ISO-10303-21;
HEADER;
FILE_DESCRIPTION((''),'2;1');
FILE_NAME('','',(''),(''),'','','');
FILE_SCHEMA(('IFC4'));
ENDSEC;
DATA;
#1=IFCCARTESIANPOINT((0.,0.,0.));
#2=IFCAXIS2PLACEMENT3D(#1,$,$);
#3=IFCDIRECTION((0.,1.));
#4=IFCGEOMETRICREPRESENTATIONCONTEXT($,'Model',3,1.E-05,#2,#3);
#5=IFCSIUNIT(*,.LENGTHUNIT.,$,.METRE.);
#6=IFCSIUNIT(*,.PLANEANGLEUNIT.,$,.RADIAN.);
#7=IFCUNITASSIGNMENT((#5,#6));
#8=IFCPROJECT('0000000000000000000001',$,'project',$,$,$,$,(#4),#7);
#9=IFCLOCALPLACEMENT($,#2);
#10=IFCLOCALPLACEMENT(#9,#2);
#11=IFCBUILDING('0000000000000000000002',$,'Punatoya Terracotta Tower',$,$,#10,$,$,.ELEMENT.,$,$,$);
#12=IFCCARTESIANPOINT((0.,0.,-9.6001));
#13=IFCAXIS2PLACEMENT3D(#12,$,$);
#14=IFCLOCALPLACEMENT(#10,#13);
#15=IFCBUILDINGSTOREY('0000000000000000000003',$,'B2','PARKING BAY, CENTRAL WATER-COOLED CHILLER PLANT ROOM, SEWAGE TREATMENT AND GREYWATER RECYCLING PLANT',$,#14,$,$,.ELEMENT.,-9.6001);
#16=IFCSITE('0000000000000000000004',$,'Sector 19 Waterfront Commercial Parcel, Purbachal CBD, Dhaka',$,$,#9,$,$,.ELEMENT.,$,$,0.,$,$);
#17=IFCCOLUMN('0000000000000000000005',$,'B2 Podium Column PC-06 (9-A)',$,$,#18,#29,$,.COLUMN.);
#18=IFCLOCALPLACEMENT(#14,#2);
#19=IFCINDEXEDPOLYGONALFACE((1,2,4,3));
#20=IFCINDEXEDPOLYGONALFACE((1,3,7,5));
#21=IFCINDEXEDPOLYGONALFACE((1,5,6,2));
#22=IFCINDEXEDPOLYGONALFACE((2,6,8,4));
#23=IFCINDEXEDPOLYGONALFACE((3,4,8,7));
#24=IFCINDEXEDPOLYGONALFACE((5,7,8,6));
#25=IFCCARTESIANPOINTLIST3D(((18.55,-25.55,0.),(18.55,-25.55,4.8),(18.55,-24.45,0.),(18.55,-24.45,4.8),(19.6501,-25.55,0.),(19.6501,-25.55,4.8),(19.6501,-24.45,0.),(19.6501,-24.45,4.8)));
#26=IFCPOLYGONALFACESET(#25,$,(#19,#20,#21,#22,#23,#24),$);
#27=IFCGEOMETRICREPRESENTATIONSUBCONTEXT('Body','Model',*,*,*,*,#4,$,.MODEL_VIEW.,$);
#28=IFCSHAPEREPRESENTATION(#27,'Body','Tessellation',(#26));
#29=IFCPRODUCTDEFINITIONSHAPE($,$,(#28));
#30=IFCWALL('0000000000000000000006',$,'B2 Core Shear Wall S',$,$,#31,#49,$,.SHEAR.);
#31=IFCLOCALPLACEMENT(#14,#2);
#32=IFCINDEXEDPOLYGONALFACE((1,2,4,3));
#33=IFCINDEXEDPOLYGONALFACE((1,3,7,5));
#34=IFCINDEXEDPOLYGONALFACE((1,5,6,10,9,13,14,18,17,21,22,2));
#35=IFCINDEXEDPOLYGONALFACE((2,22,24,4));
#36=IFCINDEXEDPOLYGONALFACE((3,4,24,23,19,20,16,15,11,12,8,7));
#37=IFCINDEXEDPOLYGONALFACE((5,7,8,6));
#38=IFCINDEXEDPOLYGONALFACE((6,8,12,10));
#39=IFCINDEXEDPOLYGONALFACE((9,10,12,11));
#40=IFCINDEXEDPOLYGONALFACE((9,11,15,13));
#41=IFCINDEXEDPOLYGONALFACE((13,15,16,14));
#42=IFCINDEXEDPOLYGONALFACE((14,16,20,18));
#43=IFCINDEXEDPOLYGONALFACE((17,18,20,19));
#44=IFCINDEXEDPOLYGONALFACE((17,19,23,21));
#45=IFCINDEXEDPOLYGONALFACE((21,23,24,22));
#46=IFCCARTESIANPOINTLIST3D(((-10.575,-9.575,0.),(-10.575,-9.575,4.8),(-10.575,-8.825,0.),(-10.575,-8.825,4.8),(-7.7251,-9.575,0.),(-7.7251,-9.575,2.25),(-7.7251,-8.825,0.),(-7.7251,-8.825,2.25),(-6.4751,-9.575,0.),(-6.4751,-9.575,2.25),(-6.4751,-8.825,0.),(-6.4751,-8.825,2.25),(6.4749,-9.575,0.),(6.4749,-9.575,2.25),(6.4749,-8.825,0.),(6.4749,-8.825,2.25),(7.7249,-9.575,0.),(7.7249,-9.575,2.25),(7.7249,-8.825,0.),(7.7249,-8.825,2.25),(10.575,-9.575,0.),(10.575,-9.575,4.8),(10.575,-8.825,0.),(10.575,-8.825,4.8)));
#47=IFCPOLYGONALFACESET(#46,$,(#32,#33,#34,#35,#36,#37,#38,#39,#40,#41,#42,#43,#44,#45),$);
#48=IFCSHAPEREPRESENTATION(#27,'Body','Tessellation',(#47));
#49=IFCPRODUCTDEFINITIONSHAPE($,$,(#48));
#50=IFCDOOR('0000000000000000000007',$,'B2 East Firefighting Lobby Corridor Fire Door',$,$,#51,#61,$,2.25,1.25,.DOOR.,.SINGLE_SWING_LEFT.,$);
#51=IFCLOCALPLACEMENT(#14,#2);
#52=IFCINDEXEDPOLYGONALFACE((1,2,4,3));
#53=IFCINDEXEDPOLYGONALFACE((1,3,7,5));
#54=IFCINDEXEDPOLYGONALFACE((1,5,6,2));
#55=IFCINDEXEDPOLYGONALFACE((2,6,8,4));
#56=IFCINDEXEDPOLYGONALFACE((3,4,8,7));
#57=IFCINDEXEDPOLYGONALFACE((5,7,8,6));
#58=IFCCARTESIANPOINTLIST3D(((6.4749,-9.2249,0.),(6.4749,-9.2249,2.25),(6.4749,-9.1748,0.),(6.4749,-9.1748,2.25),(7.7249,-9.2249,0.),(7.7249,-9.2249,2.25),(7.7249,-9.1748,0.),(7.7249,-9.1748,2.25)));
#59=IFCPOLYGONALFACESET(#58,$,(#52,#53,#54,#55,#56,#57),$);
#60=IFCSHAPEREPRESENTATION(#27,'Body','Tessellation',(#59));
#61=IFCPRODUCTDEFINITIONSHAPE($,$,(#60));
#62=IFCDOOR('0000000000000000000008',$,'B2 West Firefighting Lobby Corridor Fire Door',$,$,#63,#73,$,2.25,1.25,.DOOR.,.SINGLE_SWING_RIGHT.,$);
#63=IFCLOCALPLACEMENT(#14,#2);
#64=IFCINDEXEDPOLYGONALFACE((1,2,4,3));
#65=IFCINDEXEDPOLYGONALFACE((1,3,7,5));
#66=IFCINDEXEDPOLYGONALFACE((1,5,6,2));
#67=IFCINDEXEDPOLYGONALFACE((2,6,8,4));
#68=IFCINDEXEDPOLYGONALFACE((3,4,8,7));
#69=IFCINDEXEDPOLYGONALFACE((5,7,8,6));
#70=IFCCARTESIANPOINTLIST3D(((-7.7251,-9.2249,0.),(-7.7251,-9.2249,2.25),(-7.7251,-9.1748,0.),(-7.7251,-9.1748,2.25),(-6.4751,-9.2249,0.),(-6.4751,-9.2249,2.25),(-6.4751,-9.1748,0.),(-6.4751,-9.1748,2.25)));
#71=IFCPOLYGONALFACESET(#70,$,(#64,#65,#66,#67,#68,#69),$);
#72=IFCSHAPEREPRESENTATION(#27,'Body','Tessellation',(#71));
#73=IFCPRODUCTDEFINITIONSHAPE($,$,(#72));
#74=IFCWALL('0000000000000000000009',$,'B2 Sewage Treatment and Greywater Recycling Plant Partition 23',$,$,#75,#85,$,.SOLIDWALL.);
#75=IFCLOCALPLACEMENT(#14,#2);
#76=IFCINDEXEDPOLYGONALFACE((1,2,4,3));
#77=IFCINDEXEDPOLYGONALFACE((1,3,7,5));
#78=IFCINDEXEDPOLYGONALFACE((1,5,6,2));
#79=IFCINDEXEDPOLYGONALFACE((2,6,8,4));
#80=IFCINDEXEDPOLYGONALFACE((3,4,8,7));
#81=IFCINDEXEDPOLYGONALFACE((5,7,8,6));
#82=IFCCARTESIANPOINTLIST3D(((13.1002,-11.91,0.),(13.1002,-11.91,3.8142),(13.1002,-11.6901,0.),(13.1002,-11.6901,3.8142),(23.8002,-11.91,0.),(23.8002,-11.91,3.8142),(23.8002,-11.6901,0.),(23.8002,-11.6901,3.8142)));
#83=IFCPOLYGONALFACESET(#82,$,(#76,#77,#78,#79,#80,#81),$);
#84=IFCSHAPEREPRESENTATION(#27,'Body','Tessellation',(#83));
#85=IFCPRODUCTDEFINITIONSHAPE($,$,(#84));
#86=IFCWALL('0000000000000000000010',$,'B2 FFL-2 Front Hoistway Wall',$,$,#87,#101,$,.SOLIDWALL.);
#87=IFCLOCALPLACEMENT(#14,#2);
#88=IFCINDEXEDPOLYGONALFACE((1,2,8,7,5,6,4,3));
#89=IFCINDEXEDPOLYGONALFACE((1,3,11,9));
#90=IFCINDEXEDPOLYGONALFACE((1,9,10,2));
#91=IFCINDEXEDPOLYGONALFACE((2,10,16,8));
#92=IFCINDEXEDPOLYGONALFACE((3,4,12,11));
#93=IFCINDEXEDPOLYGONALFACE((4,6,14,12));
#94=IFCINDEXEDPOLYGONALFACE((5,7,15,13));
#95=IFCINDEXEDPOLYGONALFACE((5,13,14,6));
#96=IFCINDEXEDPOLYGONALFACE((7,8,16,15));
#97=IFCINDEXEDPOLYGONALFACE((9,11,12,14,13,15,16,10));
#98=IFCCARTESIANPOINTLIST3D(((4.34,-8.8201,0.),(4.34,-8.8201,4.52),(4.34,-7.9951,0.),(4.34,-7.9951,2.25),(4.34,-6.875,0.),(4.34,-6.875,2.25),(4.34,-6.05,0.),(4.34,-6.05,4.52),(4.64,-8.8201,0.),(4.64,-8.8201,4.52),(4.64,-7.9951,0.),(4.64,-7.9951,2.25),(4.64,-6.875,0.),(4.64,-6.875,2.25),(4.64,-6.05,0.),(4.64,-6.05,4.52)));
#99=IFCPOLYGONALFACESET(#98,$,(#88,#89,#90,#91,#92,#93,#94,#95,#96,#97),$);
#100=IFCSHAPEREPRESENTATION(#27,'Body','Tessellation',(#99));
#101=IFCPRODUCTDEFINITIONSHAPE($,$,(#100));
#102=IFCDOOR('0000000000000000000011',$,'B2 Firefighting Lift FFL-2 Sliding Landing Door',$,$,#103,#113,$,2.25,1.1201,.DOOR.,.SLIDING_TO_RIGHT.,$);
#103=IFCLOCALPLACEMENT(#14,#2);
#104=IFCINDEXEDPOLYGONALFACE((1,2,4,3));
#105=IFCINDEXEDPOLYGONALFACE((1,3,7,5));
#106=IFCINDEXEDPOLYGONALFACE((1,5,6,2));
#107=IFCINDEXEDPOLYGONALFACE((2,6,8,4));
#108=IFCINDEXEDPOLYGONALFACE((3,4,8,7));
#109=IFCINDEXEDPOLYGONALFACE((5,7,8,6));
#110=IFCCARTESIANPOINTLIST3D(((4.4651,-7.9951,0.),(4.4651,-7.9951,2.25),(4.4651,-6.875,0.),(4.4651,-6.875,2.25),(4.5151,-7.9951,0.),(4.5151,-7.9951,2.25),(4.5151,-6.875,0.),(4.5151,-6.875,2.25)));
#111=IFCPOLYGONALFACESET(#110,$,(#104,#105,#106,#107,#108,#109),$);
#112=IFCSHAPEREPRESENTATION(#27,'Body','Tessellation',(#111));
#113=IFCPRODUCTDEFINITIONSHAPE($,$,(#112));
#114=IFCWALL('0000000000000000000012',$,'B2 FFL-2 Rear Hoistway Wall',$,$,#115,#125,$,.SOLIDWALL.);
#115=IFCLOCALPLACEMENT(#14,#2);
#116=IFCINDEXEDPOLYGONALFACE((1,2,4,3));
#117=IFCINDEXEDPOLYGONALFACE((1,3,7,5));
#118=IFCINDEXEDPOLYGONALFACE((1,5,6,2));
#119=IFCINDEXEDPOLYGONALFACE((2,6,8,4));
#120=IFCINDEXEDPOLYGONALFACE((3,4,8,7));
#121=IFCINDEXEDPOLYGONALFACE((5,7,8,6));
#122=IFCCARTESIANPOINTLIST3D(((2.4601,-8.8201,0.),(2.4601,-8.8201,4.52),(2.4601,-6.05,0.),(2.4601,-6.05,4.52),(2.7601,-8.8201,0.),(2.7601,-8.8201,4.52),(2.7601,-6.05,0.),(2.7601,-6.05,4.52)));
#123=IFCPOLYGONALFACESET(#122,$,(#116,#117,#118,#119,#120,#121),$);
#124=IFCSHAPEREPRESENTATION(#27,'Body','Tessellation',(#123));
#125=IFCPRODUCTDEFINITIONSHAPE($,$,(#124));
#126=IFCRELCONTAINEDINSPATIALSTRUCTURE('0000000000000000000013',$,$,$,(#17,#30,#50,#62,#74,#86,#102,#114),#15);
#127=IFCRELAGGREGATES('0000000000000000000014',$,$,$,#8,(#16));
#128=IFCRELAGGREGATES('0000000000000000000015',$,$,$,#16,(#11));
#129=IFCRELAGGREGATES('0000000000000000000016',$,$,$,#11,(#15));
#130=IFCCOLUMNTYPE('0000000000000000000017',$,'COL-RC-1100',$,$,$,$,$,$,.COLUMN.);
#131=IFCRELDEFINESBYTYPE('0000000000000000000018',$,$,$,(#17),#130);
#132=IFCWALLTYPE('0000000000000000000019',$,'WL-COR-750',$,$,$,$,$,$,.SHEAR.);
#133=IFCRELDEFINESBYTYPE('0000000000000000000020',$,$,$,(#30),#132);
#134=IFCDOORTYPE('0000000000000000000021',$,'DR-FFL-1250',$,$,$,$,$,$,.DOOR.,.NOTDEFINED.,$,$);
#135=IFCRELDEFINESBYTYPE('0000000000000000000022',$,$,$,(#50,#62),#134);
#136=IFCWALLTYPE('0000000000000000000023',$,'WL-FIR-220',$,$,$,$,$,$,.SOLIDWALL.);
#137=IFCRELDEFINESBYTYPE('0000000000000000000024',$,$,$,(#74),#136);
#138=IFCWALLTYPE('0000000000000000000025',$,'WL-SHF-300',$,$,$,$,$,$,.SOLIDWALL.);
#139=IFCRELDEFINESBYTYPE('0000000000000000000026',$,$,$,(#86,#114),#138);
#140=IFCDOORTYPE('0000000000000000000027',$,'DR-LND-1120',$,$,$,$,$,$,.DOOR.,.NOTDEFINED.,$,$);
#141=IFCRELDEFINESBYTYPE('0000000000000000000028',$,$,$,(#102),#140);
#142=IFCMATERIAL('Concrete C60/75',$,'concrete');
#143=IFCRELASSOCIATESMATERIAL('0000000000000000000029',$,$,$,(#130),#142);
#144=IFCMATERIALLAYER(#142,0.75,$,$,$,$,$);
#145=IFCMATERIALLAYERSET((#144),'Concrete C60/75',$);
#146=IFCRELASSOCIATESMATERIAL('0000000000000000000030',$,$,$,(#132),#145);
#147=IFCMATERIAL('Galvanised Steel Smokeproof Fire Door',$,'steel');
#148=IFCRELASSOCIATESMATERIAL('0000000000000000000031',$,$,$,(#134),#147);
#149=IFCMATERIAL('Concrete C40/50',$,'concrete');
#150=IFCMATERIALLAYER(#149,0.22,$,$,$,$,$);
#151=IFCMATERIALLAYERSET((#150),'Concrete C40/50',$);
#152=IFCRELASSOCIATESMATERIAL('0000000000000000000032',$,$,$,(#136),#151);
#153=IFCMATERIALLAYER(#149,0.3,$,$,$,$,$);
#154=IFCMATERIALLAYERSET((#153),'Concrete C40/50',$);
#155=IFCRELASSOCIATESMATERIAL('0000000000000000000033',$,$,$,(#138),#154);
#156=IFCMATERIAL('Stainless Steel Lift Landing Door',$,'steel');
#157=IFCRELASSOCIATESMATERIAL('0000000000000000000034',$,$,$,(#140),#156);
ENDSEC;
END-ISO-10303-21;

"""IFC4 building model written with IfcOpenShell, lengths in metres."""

from ifc_helpers import new_model, si_unit, direction, frame, frame_2d, origin, origin_2d, place, context, subcontext, project, spatial, rectangle, extrude, material, layer, layer_set, material_profile, profile_set, type_object, element, fill, save


model = new_model("IFC4")

# Units and contexts
model_context = context("Model", 3, precision=1e-05, world=origin(), true_north=direction((0.0, 1.0)))
body_context = subcontext(model_context, "Body", "Model", "MODEL_VIEW")
ifc_project = project(units=[si_unit("LENGTHUNIT", "METRE"), si_unit("PLANEANGLEUNIT", "RADIAN")], contexts=[model_context])

# Site, building, storey
site_placement = place(None, origin())
site = spatial("IfcSite", under=ifc_project, at=site_placement, Name="Sector 19 Waterfront Commercial Parcel, Purbachal CBD, Dhaka", CompositionType="ELEMENT", RefElevation=0.0)
building_placement = place(site_placement, origin())
building = spatial("IfcBuilding", under=site, at=building_placement, Name="Punatoya Terracotta Tower", CompositionType="ELEMENT")
storey_placement = place(building_placement, frame((0.0, 0.0, -9.6001)))
storey = spatial("IfcBuildingStorey", under=building, at=storey_placement, Name="B2", Description="PARKING BAY, CENTRAL WATER-COOLED CHILLER PLANT ROOM, SEWAGE TREATMENT AND GREYWATER RECYCLING PLANT", CompositionType="ELEMENT", Elevation=-9.6001)

# Column
ifc_material_1 = material(Name="Concrete C60/75", Category="concrete")
ifc_material_profile_1 = material_profile(ifc_material_1, rectangle(XDim=1.1001, YDim=1.1001, at=origin_2d()))
ifc_profile_set_1 = profile_set([ifc_material_profile_1], Name="Concrete C60/75")
column_type_1 = type_object("IfcColumnType", Name="COL-RC-1100", PredefinedType="COLUMN", material=ifc_profile_set_1)
for number, where, z_axis, x_axis, name in (
    (1, (19.1001, -25.0, 0.0), (0.0, 0.0, 1.0), (1.0, 0.0, 0.0), "B2 Podium Column PC-06 (9-A)"),
):
    element("IfcColumn", number, at=place(storey_placement, frame(where, z_axis=z_axis, x_axis=x_axis)), inside=storey, type_object=column_type_1, Name=name, PredefinedType="COLUMN", context=body_context, shape_type="SweptSolid", body=[
        extrude(rectangle(XDim=1.1001, YDim=1.1001, at=origin_2d()), origin(), (0.0, 0.0, 1.0), 4.8),
    ])

# Wall, openings, doors
ifc_layer_1 = layer(ifc_material_1, 0.75)
ifc_layer_set_1 = layer_set([ifc_layer_1], Name="Concrete C60/75")
wall_type_1 = type_object("IfcWallType", Name="WL-COR-750", PredefinedType="SHEAR", material=ifc_layer_set_1)
wall_1_placement = place(storey_placement, frame((10.575, -9.2, 0.0), z_axis=(0.0, 0.0, 1.0), x_axis=(-1.0, 0.0, 0.0)))
wall_1 = element("IfcWall", 2, at=wall_1_placement, inside=storey, type_object=wall_type_1, Name="B2 Core Shear Wall S", PredefinedType="SHEAR", context=body_context, shape_type="SweptSolid", body=[
    extrude(rectangle(XDim=21.1499, YDim=0.75, at=frame_2d((10.575, 0.0))), origin(), (0.0, 0.0, 1.0), 4.8),
])
opening_1_placement = place(wall_1_placement, frame((2.8501, 0.0, 0.0)))
opening_1 = element("IfcOpeningElement", 3, at=opening_1_placement, cuts=wall_1, PredefinedType="OPENING", context=body_context, shape_type="SweptSolid", body=[
    extrude(rectangle(XDim=1.25, YDim=2.25, at=frame_2d((0.625, 1.125))), frame((0.0, 0.385, 0.0), z_axis=(0.0, -1.0, 0.0), x_axis=(1.0, 0.0, 0.0)), (0.0, 0.0, 1.0), 0.77),
])
opening_2_placement = place(wall_1_placement, frame((17.05, 0.0, 0.0)))
opening_2 = element("IfcOpeningElement", 4, at=opening_2_placement, cuts=wall_1, PredefinedType="OPENING", context=body_context, shape_type="SweptSolid", body=[
    extrude(rectangle(XDim=1.25, YDim=2.25, at=frame_2d((0.625, 1.125))), frame((0.0, 0.385, 0.0), z_axis=(0.0, -1.0, 0.0), x_axis=(1.0, 0.0, 0.0)), (0.0, 0.0, 1.0), 0.77),
])
ifc_material_2 = material(Name="Galvanised Steel Smokeproof Fire Door", Category="steel")
door_type_1 = type_object("IfcDoorType", Name="DR-FFL-1250", OperationType="NOTDEFINED", PredefinedType="DOOR", material=ifc_material_2)
door_1_placement = place(opening_1_placement, origin())
door_1 = element("IfcDoor", 5, at=door_1_placement, inside=storey, type_object=door_type_1, Name="B2 East Firefighting Lobby Corridor Fire Door", OperationType="SINGLE_SWING_LEFT", OverallHeight=2.25, OverallWidth=1.25, PredefinedType="DOOR", context=body_context, shape_type="SweptSolid", body=[
    extrude(rectangle(XDim=1.25, YDim=2.25, at=frame_2d((0.625, 1.125))), frame((0.0, 0.0249, 0.0), z_axis=(0.0, -1.0, 0.0), x_axis=(1.0, 0.0, 0.0)), (0.0, 0.0, 1.0), 0.05),
])
fill(opening_1, door_1)
door_2_placement = place(opening_2_placement, origin())
door_2 = element("IfcDoor", 6, at=door_2_placement, inside=storey, type_object=door_type_1, Name="B2 West Firefighting Lobby Corridor Fire Door", OperationType="SINGLE_SWING_RIGHT", OverallHeight=2.25, OverallWidth=1.25, PredefinedType="DOOR", context=body_context, shape_type="SweptSolid", body=[
    extrude(rectangle(XDim=1.25, YDim=2.25, at=frame_2d((0.625, 1.125))), frame((0.0, 0.0249, 0.0), z_axis=(0.0, -1.0, 0.0), x_axis=(1.0, 0.0, 0.0)), (0.0, 0.0, 1.0), 0.05),
])
fill(opening_2, door_2)

# Wall
ifc_material_3 = material(Name="Concrete C40/50", Category="concrete")
ifc_layer_2 = layer(ifc_material_3, 0.22)
ifc_layer_set_2 = layer_set([ifc_layer_2], Name="Concrete C40/50")
wall_type_2 = type_object("IfcWallType", Name="WL-FIR-220", PredefinedType="SOLIDWALL", material=ifc_layer_set_2)
wall_2_placement = place(storey_placement, frame((13.1001, -11.8, 0.0), z_axis=(0.0, 0.0, 1.0), x_axis=(1.0, 0.0, 0.0)))
element("IfcWall", 7, at=wall_2_placement, inside=storey, type_object=wall_type_2, Name="B2 Sewage Treatment and Greywater Recycling Plant Partition 23", PredefinedType="SOLIDWALL", context=body_context, shape_type="SweptSolid", body=[
    extrude(rectangle(XDim=10.7, YDim=0.22, at=frame_2d((5.3501, 0.0))), origin(), (0.0, 0.0, 1.0), 3.8142),
])

# Wall, opening, door
ifc_layer_3 = layer(ifc_material_3, 0.3)
ifc_layer_set_3 = layer_set([ifc_layer_3], Name="Concrete C40/50")
wall_type_3 = type_object("IfcWallType", Name="WL-SHF-300", PredefinedType="SOLIDWALL", material=ifc_layer_set_3)
wall_3_placement = place(storey_placement, frame((4.49, -8.8201, 0.0), z_axis=(0.0, 0.0, 1.0), x_axis=(0.0, 1.0, 0.0)))
wall_3 = element("IfcWall", 8, at=wall_3_placement, inside=storey, type_object=wall_type_3, Name="B2 FFL-2 Front Hoistway Wall", PredefinedType="SOLIDWALL", context=body_context, shape_type="SweptSolid", body=[
    extrude(rectangle(XDim=2.77, YDim=0.3, at=frame_2d((1.385, 0.0))), origin(), (0.0, 0.0, 1.0), 4.52),
])
opening_3_placement = place(wall_3_placement, frame((0.825, 0.0, 0.0)))
opening_3 = element("IfcOpeningElement", 9, at=opening_3_placement, cuts=wall_3, PredefinedType="OPENING", context=body_context, shape_type="SweptSolid", body=[
    extrude(rectangle(XDim=1.1201, YDim=2.25, at=frame_2d((0.5601, 1.125))), frame((0.0, 0.1599, 0.0), z_axis=(0.0, -1.0, 0.0), x_axis=(1.0, 0.0, 0.0)), (0.0, 0.0, 1.0), 0.3201),
])
ifc_material_4 = material(Name="Stainless Steel Lift Landing Door", Category="steel")
door_type_2 = type_object("IfcDoorType", Name="DR-LND-1120", OperationType="NOTDEFINED", PredefinedType="DOOR", material=ifc_material_4)
door_3_placement = place(opening_3_placement, origin())
door_3 = element("IfcDoor", 10, at=door_3_placement, inside=storey, type_object=door_type_2, Name="B2 Firefighting Lift FFL-2 Sliding Landing Door", OperationType="SLIDING_TO_RIGHT", OverallHeight=2.25, OverallWidth=1.1201, PredefinedType="DOOR", context=body_context, shape_type="SweptSolid", body=[
    extrude(rectangle(XDim=1.1201, YDim=2.25, at=frame_2d((0.5601, 1.125))), frame((0.0, 0.0249, 0.0), z_axis=(0.0, -1.0, 0.0), x_axis=(1.0, 0.0, 0.0)), (0.0, 0.0, 1.0), 0.05),
])
fill(opening_3, door_3)

# Wall
wall_4_placement = place(storey_placement, frame((2.6101, -8.8201, 0.0), z_axis=(0.0, 0.0, 1.0), x_axis=(0.0, 1.0, 0.0)))
element("IfcWall", 11, at=wall_4_placement, inside=storey, type_object=wall_type_3, Name="B2 FFL-2 Rear Hoistway Wall", PredefinedType="SOLIDWALL", context=body_context, shape_type="SweptSolid", body=[
    extrude(rectangle(XDim=2.77, YDim=0.3, at=frame_2d((1.385, 0.0))), origin(), (0.0, 0.0, 1.0), 4.52),
])

save(model, "model.ifc")
